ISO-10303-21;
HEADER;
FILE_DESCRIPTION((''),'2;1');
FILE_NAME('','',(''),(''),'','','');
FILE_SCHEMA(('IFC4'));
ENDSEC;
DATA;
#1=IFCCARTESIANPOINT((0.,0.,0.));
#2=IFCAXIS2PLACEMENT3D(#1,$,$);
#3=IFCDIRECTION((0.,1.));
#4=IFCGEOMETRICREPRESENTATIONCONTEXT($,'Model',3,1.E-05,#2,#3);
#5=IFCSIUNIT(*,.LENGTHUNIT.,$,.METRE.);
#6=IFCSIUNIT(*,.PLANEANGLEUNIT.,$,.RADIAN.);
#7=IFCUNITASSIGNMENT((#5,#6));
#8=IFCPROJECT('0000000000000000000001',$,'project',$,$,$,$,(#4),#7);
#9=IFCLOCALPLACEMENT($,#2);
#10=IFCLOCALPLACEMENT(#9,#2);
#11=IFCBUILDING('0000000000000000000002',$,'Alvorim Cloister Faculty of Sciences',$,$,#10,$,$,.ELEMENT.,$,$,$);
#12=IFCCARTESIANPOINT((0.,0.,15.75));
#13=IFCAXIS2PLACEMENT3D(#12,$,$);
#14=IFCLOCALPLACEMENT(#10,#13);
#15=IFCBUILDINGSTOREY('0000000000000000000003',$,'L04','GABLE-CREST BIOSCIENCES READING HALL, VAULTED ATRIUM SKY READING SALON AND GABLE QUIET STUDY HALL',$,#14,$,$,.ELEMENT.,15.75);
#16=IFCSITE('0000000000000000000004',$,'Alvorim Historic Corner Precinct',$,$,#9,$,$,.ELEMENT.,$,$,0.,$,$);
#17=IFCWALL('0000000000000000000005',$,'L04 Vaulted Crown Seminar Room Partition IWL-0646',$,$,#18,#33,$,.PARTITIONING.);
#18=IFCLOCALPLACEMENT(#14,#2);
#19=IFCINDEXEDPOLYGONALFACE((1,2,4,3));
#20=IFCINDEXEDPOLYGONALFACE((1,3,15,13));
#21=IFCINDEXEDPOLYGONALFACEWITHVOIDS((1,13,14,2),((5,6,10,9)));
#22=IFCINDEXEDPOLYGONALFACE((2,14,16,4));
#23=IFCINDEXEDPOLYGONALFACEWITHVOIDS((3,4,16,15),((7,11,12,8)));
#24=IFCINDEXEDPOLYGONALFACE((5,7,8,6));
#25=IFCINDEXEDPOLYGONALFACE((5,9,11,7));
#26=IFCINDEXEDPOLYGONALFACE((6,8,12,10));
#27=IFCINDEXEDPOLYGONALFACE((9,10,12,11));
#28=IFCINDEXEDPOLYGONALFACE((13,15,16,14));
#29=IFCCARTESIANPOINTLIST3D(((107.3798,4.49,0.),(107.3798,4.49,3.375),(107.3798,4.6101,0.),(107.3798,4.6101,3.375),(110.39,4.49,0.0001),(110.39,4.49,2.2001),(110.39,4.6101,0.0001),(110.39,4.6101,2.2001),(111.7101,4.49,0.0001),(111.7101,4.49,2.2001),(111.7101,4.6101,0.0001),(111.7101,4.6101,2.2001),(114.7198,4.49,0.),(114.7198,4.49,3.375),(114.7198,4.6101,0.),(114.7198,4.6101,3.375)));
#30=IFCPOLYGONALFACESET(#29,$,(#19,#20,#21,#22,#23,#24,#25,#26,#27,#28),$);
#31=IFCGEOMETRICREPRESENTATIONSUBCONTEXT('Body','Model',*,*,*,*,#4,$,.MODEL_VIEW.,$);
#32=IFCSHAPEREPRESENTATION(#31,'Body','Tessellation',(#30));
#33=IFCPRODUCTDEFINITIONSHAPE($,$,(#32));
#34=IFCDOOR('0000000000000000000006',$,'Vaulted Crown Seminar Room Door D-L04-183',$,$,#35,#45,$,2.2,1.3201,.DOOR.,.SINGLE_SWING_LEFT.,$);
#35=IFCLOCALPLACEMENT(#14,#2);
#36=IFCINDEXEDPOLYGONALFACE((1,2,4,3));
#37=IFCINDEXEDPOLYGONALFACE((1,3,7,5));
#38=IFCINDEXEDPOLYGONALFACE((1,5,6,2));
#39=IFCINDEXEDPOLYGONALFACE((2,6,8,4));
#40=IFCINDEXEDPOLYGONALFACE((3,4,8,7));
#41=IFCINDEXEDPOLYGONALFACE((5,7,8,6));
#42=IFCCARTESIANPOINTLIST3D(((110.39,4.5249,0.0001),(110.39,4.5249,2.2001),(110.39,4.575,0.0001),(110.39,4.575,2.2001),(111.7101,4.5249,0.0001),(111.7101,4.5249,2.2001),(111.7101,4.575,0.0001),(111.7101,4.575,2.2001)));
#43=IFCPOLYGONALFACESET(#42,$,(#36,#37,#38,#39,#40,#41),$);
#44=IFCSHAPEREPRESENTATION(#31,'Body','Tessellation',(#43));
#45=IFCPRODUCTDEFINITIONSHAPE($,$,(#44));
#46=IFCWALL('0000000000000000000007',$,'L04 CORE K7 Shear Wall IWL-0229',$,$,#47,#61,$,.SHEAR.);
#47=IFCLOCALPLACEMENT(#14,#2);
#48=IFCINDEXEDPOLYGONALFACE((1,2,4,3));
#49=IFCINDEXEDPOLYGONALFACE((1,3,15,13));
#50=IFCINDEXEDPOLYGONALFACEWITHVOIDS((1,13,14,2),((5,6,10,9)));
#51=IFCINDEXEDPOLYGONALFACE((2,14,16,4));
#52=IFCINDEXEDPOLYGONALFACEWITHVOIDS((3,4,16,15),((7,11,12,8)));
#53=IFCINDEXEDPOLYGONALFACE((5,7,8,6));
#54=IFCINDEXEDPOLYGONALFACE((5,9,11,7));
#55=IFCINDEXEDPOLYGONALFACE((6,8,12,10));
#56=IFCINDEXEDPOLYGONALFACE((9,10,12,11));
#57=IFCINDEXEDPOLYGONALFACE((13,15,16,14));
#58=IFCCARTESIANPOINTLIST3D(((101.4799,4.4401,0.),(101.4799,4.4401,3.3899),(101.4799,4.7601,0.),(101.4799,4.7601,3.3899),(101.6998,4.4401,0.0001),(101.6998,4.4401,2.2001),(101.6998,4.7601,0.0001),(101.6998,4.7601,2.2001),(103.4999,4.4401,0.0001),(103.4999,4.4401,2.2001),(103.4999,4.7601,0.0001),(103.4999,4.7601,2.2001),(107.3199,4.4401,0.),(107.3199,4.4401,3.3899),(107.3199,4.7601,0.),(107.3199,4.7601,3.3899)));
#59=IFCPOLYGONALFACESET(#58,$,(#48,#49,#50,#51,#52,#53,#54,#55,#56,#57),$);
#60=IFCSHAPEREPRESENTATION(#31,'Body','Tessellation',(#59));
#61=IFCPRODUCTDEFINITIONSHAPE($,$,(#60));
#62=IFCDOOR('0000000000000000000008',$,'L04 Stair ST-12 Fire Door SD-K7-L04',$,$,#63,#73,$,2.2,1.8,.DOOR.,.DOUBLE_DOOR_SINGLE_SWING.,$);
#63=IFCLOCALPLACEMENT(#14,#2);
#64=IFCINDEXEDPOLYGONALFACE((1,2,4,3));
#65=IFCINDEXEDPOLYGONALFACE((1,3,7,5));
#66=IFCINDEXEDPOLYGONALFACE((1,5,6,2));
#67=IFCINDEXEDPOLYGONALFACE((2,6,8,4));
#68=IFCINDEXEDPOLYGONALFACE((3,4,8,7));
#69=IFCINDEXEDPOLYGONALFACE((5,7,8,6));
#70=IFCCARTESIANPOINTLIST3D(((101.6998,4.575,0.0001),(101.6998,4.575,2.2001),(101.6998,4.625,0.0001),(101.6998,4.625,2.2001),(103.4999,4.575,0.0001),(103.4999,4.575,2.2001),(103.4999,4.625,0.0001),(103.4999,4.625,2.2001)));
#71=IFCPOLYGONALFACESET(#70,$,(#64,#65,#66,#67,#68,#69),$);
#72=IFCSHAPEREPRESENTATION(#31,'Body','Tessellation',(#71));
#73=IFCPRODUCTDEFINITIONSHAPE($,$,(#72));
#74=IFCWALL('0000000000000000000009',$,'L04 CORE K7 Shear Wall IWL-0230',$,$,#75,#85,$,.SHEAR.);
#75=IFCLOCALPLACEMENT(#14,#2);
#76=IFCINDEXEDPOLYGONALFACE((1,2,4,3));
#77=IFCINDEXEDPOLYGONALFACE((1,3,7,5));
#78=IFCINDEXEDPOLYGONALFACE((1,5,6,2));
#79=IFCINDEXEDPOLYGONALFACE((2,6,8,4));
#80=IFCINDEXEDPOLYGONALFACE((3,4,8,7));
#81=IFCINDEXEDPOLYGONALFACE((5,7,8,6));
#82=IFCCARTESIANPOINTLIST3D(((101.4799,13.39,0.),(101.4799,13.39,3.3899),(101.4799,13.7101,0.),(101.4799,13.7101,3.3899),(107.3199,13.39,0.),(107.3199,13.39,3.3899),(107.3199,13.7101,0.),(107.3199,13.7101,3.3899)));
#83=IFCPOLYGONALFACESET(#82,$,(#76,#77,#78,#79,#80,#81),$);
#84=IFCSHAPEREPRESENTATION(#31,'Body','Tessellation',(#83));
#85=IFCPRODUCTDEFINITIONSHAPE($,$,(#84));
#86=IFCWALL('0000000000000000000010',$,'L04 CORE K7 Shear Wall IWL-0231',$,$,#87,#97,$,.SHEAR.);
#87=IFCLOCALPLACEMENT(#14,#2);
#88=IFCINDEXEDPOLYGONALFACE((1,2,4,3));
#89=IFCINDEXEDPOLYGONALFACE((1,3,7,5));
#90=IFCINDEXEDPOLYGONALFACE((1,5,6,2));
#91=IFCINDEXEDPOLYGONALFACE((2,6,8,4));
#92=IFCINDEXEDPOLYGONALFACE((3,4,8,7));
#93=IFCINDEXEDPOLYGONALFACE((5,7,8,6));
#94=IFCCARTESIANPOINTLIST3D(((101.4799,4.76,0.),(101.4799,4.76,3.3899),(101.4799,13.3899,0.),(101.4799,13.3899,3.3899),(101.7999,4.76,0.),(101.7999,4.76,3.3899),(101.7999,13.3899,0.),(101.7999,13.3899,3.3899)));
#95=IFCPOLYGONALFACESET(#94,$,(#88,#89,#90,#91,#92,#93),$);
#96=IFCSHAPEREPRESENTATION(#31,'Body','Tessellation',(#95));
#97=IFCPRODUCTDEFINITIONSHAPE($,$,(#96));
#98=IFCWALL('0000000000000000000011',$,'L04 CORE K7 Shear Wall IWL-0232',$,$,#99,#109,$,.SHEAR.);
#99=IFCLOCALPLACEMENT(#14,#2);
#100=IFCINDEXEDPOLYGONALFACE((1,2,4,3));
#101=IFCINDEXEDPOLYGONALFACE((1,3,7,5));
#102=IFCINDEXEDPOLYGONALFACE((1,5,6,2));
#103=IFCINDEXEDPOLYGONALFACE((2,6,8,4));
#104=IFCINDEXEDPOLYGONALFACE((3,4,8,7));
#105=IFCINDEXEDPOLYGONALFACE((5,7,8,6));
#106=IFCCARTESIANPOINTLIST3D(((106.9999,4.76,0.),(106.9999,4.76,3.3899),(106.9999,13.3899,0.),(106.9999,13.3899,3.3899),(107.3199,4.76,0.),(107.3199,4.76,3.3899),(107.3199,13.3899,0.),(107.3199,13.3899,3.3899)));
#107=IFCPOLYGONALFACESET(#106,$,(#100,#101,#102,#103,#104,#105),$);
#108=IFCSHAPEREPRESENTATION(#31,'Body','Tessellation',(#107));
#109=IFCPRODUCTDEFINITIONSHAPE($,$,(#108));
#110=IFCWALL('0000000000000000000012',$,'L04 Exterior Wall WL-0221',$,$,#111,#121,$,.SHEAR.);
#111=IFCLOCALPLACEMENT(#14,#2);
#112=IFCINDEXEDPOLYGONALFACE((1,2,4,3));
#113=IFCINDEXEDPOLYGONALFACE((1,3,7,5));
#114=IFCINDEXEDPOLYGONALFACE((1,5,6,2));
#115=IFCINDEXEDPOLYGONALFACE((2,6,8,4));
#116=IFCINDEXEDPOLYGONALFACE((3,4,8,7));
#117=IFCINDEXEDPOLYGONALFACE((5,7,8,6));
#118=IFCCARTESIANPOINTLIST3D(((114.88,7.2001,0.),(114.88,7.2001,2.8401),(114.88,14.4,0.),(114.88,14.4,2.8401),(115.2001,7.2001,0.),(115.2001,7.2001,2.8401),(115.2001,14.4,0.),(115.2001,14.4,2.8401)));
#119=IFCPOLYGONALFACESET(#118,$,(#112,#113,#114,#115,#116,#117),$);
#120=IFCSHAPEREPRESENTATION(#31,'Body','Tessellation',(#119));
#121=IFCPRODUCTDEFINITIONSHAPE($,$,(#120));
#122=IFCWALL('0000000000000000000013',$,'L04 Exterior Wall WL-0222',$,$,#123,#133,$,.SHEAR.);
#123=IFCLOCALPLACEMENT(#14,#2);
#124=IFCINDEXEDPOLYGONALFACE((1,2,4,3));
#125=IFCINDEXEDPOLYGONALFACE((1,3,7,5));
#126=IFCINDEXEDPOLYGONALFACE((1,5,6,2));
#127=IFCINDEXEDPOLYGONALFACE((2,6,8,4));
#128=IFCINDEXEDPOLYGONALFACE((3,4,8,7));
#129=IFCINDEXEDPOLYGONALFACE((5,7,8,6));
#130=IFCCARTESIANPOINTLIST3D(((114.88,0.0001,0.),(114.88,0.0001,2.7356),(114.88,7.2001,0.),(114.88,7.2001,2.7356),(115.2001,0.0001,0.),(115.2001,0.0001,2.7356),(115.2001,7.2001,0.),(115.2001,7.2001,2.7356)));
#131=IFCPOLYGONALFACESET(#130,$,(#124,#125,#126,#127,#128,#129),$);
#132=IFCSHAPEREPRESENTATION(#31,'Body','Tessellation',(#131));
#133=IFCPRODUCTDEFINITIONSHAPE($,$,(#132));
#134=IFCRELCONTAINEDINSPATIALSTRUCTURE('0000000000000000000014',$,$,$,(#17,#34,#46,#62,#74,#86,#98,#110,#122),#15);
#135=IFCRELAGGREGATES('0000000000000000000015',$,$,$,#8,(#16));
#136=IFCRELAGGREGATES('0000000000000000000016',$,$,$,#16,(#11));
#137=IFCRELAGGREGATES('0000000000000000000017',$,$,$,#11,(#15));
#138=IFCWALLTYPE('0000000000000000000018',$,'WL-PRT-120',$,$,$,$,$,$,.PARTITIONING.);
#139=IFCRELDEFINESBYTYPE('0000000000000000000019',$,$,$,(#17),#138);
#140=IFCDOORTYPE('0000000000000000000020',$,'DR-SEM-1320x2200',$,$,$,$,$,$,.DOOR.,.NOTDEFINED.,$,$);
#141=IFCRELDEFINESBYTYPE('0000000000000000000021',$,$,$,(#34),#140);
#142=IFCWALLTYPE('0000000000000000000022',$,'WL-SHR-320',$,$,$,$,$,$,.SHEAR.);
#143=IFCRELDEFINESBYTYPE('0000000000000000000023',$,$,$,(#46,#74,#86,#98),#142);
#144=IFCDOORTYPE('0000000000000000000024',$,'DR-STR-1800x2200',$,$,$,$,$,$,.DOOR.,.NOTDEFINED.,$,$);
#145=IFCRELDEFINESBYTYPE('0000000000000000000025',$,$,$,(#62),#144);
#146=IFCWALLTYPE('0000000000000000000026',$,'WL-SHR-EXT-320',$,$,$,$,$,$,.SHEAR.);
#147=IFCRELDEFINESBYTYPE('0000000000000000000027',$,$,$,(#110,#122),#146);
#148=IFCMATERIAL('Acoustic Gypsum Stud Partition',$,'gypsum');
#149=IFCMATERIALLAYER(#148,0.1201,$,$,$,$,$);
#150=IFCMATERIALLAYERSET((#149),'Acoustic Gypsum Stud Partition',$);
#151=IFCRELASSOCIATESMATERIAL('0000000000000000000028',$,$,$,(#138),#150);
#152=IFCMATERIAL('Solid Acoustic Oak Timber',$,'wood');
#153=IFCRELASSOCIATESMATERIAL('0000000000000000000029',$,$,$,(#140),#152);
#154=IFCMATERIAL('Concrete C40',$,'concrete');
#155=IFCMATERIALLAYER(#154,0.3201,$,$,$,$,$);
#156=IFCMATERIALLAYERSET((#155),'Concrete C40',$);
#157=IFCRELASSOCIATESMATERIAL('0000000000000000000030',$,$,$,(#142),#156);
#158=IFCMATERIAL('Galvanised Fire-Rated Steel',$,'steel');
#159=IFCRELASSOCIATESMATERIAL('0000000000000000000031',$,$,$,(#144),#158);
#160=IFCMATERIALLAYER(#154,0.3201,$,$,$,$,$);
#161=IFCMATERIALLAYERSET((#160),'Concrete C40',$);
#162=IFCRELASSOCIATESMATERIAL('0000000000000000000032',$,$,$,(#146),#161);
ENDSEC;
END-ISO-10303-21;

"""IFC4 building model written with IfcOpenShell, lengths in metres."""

from ifc_helpers import new_model, si_unit, direction, frame, frame_2d, origin, place, context, subcontext, project, spatial, rectangle, extrude, material, layer, layer_set, type_object, element, fill, save


model = new_model("IFC4")

# Units and contexts
model_context = context("Model", 3, precision=1e-05, world=origin(), true_north=direction((0.0, 1.0)))
body_context = subcontext(model_context, "Body", "Model", "MODEL_VIEW")
ifc_project = project(units=[si_unit("LENGTHUNIT", "METRE"), si_unit("PLANEANGLEUNIT", "RADIAN")], contexts=[model_context])

# Site, building, storey
site_placement = place(None, origin())
site = spatial("IfcSite", under=ifc_project, at=site_placement, Name="Alvorim Historic Corner Precinct", CompositionType="ELEMENT", RefElevation=0.0)
building_placement = place(site_placement, origin())
building = spatial("IfcBuilding", under=site, at=building_placement, Name="Alvorim Cloister Faculty of Sciences", CompositionType="ELEMENT")
storey_placement = place(building_placement, frame((0.0, 0.0, 15.75)))
storey = spatial("IfcBuildingStorey", under=building, at=storey_placement, Name="L04", Description="GABLE-CREST BIOSCIENCES READING HALL, VAULTED ATRIUM SKY READING SALON AND GABLE QUIET STUDY HALL", CompositionType="ELEMENT", Elevation=15.75)

# Shared definitions
ifc_material_1 = material(Name="Concrete C40", Category="concrete")

# Walls, openings, doors
ifc_material_2 = material(Name="Acoustic Gypsum Stud Partition", Category="gypsum")
ifc_layer_1 = layer(ifc_material_2, 0.1201)
ifc_layer_set_1 = layer_set([ifc_layer_1], Name="Acoustic Gypsum Stud Partition")
wall_type_1 = type_object("IfcWallType", Name="WL-PRT-120", PredefinedType="PARTITIONING", material=ifc_layer_set_1)
wall_1_placement = place(storey_placement, frame((107.3799, 4.55, 0.0), z_axis=(0.0, 0.0, 1.0), x_axis=(1.0, 0.0, 0.0)))
wall_1 = element("IfcWall", 1, at=wall_1_placement, inside=storey, type_object=wall_type_1, Name="L04 Vaulted Crown Seminar Room Partition IWL-0646", PredefinedType="PARTITIONING", context=body_context, shape_type="SweptSolid", body=[
    extrude(rectangle(XDim=7.3401, YDim=0.1201, at=frame_2d((3.6699, 0.0))), origin(), (0.0, 0.0, 1.0), 3.375),
])
opening_1_placement = place(wall_1_placement, frame((3.01, 0.0, 0.0)))
opening_1 = element("IfcOpeningElement", 2, at=opening_1_placement, cuts=wall_1, PredefinedType="OPENING", context=body_context, shape_type="SweptSolid", body=[
    extrude(rectangle(XDim=1.3201, YDim=2.2, at=frame_2d((0.6602, 1.1001))), frame((0.0, 0.072, 0.0), z_axis=(0.0, -1.0, 0.0), x_axis=(1.0, 0.0, 0.0)), (0.0, 0.0, 1.0), 0.144),
])
ifc_material_3 = material(Name="Solid Acoustic Oak Timber", Category="wood")
door_type_1 = type_object("IfcDoorType", Name="DR-SEM-1320x2200", OperationType="NOTDEFINED", PredefinedType="DOOR", material=ifc_material_3)
door_1_placement = place(opening_1_placement, origin())
door_1 = element("IfcDoor", 3, at=door_1_placement, inside=storey, type_object=door_type_1, Name="Vaulted Crown Seminar Room Door D-L04-183", OperationType="SINGLE_SWING_LEFT", OverallHeight=2.2, OverallWidth=1.3201, PredefinedType="DOOR", context=body_context, shape_type="SweptSolid", body=[
    extrude(rectangle(XDim=1.3201, YDim=2.2, at=frame_2d((0.6602, 1.1001))), frame((0.0, 0.0249, 0.0), z_axis=(0.0, -1.0, 0.0), x_axis=(1.0, 0.0, 0.0)), (0.0, 0.0, 1.0), 0.05),
])
fill(opening_1, door_1)
ifc_layer_2 = layer(ifc_material_1, 0.3201)
ifc_layer_set_2 = layer_set([ifc_layer_2], Name="Concrete C40")
wall_type_2 = type_object("IfcWallType", Name="WL-SHR-320", PredefinedType="SHEAR", material=ifc_layer_set_2)
wall_2_placement = place(storey_placement, frame((101.48, 4.6001, 0.0), z_axis=(0.0, 0.0, 1.0), x_axis=(1.0, 0.0, 0.0)))
wall_2 = element("IfcWall", 4, at=wall_2_placement, inside=storey, type_object=wall_type_2, Name="L04 CORE K7 Shear Wall IWL-0229", PredefinedType="SHEAR", context=body_context, shape_type="SweptSolid", body=[
    extrude(rectangle(XDim=5.8401, YDim=0.3201, at=frame_2d((2.9199, 0.0))), origin(), (0.0, 0.0, 1.0), 3.3899),
])
opening_2_placement = place(wall_2_placement, frame((0.22, 0.0, 0.0)))
opening_2 = element("IfcOpeningElement", 5, at=opening_2_placement, cuts=wall_2, PredefinedType="OPENING", context=body_context, shape_type="SweptSolid", body=[
    extrude(rectangle(XDim=1.8, YDim=2.2, at=frame_2d((0.8999, 1.1001))), frame((0.0, 0.1719, 0.0), z_axis=(0.0, -1.0, 0.0), x_axis=(1.0, 0.0, 0.0)), (0.0, 0.0, 1.0), 0.344),
])
ifc_material_4 = material(Name="Galvanised Fire-Rated Steel", Category="steel")
door_type_2 = type_object("IfcDoorType", Name="DR-STR-1800x2200", OperationType="NOTDEFINED", PredefinedType="DOOR", material=ifc_material_4)
door_2_placement = place(opening_2_placement, origin())
door_2 = element("IfcDoor", 6, at=door_2_placement, inside=storey, type_object=door_type_2, Name="L04 Stair ST-12 Fire Door SD-K7-L04", OperationType="DOUBLE_DOOR_SINGLE_SWING", OverallHeight=2.2, OverallWidth=1.8, PredefinedType="DOOR", context=body_context, shape_type="SweptSolid", body=[
    extrude(rectangle(XDim=1.8, YDim=2.2, at=frame_2d((0.8999, 1.1001))), frame((0.0, 0.0249, 0.0), z_axis=(0.0, -1.0, 0.0), x_axis=(1.0, 0.0, 0.0)), (0.0, 0.0, 1.0), 0.05),
])
fill(opening_2, door_2)

# Walls
wall_3_placement = place(storey_placement, frame((101.48, 13.55, 0.0), z_axis=(0.0, 0.0, 1.0), x_axis=(1.0, 0.0, 0.0)))
element("IfcWall", 7, at=wall_3_placement, inside=storey, type_object=wall_type_2, Name="L04 CORE K7 Shear Wall IWL-0230", PredefinedType="SHEAR", context=body_context, shape_type="SweptSolid", body=[
    extrude(rectangle(XDim=5.8401, YDim=0.3201, at=frame_2d((2.9199, 0.0))), origin(), (0.0, 0.0, 1.0), 3.3899),
])
for number, where, z_axis, x_axis, name in (
    (8, (101.6399, 4.76, 0.0), (0.0, 0.0, 1.0), (0.0, 1.0, 0.0), "L04 CORE K7 Shear Wall IWL-0231"),
    (9, (107.1599, 4.76, 0.0), (0.0, 0.0, 1.0), (0.0, 1.0, 0.0), "L04 CORE K7 Shear Wall IWL-0232"),
):
    element("IfcWall", number, at=place(storey_placement, frame(where, z_axis=z_axis, x_axis=x_axis)), inside=storey, type_object=wall_type_2, Name=name, PredefinedType="SHEAR", context=body_context, shape_type="SweptSolid", body=[
        extrude(rectangle(XDim=8.6299, YDim=0.3201, at=frame_2d((4.3149, 0.0))), origin(), (0.0, 0.0, 1.0), 3.3899),
    ])
ifc_layer_3 = layer(ifc_material_1, 0.3201)
ifc_layer_set_3 = layer_set([ifc_layer_3], Name="Concrete C40")
wall_type_3 = type_object("IfcWallType", Name="WL-SHR-EXT-320", PredefinedType="SHEAR", material=ifc_layer_set_3)
wall_4_placement = place(storey_placement, frame((115.04, 7.2, 0.0), z_axis=(0.0, 0.0, 1.0), x_axis=(0.0, 1.0, 0.0)))
element("IfcWall", 10, at=wall_4_placement, inside=storey, type_object=wall_type_3, Name="L04 Exterior Wall WL-0221", PredefinedType="SHEAR", context=body_context, shape_type="SweptSolid", body=[
    extrude(rectangle(XDim=7.2, YDim=0.3201, at=frame_2d((3.6001, 0.0))), origin(), (0.0, 0.0, 1.0), 2.8401),
])
wall_5_placement = place(storey_placement, frame((115.04, 0.0, 0.0), z_axis=(0.0, 0.0, 1.0), x_axis=(0.0, 1.0, 0.0)))
element("IfcWall", 11, at=wall_5_placement, inside=storey, type_object=wall_type_3, Name="L04 Exterior Wall WL-0222", PredefinedType="SHEAR", context=body_context, shape_type="SweptSolid", body=[
    extrude(rectangle(XDim=7.2, YDim=0.3201, at=frame_2d((3.6001, 0.0))), origin(), (0.0, 0.0, 1.0), 2.7356),
])

save(model, "model.ifc")
